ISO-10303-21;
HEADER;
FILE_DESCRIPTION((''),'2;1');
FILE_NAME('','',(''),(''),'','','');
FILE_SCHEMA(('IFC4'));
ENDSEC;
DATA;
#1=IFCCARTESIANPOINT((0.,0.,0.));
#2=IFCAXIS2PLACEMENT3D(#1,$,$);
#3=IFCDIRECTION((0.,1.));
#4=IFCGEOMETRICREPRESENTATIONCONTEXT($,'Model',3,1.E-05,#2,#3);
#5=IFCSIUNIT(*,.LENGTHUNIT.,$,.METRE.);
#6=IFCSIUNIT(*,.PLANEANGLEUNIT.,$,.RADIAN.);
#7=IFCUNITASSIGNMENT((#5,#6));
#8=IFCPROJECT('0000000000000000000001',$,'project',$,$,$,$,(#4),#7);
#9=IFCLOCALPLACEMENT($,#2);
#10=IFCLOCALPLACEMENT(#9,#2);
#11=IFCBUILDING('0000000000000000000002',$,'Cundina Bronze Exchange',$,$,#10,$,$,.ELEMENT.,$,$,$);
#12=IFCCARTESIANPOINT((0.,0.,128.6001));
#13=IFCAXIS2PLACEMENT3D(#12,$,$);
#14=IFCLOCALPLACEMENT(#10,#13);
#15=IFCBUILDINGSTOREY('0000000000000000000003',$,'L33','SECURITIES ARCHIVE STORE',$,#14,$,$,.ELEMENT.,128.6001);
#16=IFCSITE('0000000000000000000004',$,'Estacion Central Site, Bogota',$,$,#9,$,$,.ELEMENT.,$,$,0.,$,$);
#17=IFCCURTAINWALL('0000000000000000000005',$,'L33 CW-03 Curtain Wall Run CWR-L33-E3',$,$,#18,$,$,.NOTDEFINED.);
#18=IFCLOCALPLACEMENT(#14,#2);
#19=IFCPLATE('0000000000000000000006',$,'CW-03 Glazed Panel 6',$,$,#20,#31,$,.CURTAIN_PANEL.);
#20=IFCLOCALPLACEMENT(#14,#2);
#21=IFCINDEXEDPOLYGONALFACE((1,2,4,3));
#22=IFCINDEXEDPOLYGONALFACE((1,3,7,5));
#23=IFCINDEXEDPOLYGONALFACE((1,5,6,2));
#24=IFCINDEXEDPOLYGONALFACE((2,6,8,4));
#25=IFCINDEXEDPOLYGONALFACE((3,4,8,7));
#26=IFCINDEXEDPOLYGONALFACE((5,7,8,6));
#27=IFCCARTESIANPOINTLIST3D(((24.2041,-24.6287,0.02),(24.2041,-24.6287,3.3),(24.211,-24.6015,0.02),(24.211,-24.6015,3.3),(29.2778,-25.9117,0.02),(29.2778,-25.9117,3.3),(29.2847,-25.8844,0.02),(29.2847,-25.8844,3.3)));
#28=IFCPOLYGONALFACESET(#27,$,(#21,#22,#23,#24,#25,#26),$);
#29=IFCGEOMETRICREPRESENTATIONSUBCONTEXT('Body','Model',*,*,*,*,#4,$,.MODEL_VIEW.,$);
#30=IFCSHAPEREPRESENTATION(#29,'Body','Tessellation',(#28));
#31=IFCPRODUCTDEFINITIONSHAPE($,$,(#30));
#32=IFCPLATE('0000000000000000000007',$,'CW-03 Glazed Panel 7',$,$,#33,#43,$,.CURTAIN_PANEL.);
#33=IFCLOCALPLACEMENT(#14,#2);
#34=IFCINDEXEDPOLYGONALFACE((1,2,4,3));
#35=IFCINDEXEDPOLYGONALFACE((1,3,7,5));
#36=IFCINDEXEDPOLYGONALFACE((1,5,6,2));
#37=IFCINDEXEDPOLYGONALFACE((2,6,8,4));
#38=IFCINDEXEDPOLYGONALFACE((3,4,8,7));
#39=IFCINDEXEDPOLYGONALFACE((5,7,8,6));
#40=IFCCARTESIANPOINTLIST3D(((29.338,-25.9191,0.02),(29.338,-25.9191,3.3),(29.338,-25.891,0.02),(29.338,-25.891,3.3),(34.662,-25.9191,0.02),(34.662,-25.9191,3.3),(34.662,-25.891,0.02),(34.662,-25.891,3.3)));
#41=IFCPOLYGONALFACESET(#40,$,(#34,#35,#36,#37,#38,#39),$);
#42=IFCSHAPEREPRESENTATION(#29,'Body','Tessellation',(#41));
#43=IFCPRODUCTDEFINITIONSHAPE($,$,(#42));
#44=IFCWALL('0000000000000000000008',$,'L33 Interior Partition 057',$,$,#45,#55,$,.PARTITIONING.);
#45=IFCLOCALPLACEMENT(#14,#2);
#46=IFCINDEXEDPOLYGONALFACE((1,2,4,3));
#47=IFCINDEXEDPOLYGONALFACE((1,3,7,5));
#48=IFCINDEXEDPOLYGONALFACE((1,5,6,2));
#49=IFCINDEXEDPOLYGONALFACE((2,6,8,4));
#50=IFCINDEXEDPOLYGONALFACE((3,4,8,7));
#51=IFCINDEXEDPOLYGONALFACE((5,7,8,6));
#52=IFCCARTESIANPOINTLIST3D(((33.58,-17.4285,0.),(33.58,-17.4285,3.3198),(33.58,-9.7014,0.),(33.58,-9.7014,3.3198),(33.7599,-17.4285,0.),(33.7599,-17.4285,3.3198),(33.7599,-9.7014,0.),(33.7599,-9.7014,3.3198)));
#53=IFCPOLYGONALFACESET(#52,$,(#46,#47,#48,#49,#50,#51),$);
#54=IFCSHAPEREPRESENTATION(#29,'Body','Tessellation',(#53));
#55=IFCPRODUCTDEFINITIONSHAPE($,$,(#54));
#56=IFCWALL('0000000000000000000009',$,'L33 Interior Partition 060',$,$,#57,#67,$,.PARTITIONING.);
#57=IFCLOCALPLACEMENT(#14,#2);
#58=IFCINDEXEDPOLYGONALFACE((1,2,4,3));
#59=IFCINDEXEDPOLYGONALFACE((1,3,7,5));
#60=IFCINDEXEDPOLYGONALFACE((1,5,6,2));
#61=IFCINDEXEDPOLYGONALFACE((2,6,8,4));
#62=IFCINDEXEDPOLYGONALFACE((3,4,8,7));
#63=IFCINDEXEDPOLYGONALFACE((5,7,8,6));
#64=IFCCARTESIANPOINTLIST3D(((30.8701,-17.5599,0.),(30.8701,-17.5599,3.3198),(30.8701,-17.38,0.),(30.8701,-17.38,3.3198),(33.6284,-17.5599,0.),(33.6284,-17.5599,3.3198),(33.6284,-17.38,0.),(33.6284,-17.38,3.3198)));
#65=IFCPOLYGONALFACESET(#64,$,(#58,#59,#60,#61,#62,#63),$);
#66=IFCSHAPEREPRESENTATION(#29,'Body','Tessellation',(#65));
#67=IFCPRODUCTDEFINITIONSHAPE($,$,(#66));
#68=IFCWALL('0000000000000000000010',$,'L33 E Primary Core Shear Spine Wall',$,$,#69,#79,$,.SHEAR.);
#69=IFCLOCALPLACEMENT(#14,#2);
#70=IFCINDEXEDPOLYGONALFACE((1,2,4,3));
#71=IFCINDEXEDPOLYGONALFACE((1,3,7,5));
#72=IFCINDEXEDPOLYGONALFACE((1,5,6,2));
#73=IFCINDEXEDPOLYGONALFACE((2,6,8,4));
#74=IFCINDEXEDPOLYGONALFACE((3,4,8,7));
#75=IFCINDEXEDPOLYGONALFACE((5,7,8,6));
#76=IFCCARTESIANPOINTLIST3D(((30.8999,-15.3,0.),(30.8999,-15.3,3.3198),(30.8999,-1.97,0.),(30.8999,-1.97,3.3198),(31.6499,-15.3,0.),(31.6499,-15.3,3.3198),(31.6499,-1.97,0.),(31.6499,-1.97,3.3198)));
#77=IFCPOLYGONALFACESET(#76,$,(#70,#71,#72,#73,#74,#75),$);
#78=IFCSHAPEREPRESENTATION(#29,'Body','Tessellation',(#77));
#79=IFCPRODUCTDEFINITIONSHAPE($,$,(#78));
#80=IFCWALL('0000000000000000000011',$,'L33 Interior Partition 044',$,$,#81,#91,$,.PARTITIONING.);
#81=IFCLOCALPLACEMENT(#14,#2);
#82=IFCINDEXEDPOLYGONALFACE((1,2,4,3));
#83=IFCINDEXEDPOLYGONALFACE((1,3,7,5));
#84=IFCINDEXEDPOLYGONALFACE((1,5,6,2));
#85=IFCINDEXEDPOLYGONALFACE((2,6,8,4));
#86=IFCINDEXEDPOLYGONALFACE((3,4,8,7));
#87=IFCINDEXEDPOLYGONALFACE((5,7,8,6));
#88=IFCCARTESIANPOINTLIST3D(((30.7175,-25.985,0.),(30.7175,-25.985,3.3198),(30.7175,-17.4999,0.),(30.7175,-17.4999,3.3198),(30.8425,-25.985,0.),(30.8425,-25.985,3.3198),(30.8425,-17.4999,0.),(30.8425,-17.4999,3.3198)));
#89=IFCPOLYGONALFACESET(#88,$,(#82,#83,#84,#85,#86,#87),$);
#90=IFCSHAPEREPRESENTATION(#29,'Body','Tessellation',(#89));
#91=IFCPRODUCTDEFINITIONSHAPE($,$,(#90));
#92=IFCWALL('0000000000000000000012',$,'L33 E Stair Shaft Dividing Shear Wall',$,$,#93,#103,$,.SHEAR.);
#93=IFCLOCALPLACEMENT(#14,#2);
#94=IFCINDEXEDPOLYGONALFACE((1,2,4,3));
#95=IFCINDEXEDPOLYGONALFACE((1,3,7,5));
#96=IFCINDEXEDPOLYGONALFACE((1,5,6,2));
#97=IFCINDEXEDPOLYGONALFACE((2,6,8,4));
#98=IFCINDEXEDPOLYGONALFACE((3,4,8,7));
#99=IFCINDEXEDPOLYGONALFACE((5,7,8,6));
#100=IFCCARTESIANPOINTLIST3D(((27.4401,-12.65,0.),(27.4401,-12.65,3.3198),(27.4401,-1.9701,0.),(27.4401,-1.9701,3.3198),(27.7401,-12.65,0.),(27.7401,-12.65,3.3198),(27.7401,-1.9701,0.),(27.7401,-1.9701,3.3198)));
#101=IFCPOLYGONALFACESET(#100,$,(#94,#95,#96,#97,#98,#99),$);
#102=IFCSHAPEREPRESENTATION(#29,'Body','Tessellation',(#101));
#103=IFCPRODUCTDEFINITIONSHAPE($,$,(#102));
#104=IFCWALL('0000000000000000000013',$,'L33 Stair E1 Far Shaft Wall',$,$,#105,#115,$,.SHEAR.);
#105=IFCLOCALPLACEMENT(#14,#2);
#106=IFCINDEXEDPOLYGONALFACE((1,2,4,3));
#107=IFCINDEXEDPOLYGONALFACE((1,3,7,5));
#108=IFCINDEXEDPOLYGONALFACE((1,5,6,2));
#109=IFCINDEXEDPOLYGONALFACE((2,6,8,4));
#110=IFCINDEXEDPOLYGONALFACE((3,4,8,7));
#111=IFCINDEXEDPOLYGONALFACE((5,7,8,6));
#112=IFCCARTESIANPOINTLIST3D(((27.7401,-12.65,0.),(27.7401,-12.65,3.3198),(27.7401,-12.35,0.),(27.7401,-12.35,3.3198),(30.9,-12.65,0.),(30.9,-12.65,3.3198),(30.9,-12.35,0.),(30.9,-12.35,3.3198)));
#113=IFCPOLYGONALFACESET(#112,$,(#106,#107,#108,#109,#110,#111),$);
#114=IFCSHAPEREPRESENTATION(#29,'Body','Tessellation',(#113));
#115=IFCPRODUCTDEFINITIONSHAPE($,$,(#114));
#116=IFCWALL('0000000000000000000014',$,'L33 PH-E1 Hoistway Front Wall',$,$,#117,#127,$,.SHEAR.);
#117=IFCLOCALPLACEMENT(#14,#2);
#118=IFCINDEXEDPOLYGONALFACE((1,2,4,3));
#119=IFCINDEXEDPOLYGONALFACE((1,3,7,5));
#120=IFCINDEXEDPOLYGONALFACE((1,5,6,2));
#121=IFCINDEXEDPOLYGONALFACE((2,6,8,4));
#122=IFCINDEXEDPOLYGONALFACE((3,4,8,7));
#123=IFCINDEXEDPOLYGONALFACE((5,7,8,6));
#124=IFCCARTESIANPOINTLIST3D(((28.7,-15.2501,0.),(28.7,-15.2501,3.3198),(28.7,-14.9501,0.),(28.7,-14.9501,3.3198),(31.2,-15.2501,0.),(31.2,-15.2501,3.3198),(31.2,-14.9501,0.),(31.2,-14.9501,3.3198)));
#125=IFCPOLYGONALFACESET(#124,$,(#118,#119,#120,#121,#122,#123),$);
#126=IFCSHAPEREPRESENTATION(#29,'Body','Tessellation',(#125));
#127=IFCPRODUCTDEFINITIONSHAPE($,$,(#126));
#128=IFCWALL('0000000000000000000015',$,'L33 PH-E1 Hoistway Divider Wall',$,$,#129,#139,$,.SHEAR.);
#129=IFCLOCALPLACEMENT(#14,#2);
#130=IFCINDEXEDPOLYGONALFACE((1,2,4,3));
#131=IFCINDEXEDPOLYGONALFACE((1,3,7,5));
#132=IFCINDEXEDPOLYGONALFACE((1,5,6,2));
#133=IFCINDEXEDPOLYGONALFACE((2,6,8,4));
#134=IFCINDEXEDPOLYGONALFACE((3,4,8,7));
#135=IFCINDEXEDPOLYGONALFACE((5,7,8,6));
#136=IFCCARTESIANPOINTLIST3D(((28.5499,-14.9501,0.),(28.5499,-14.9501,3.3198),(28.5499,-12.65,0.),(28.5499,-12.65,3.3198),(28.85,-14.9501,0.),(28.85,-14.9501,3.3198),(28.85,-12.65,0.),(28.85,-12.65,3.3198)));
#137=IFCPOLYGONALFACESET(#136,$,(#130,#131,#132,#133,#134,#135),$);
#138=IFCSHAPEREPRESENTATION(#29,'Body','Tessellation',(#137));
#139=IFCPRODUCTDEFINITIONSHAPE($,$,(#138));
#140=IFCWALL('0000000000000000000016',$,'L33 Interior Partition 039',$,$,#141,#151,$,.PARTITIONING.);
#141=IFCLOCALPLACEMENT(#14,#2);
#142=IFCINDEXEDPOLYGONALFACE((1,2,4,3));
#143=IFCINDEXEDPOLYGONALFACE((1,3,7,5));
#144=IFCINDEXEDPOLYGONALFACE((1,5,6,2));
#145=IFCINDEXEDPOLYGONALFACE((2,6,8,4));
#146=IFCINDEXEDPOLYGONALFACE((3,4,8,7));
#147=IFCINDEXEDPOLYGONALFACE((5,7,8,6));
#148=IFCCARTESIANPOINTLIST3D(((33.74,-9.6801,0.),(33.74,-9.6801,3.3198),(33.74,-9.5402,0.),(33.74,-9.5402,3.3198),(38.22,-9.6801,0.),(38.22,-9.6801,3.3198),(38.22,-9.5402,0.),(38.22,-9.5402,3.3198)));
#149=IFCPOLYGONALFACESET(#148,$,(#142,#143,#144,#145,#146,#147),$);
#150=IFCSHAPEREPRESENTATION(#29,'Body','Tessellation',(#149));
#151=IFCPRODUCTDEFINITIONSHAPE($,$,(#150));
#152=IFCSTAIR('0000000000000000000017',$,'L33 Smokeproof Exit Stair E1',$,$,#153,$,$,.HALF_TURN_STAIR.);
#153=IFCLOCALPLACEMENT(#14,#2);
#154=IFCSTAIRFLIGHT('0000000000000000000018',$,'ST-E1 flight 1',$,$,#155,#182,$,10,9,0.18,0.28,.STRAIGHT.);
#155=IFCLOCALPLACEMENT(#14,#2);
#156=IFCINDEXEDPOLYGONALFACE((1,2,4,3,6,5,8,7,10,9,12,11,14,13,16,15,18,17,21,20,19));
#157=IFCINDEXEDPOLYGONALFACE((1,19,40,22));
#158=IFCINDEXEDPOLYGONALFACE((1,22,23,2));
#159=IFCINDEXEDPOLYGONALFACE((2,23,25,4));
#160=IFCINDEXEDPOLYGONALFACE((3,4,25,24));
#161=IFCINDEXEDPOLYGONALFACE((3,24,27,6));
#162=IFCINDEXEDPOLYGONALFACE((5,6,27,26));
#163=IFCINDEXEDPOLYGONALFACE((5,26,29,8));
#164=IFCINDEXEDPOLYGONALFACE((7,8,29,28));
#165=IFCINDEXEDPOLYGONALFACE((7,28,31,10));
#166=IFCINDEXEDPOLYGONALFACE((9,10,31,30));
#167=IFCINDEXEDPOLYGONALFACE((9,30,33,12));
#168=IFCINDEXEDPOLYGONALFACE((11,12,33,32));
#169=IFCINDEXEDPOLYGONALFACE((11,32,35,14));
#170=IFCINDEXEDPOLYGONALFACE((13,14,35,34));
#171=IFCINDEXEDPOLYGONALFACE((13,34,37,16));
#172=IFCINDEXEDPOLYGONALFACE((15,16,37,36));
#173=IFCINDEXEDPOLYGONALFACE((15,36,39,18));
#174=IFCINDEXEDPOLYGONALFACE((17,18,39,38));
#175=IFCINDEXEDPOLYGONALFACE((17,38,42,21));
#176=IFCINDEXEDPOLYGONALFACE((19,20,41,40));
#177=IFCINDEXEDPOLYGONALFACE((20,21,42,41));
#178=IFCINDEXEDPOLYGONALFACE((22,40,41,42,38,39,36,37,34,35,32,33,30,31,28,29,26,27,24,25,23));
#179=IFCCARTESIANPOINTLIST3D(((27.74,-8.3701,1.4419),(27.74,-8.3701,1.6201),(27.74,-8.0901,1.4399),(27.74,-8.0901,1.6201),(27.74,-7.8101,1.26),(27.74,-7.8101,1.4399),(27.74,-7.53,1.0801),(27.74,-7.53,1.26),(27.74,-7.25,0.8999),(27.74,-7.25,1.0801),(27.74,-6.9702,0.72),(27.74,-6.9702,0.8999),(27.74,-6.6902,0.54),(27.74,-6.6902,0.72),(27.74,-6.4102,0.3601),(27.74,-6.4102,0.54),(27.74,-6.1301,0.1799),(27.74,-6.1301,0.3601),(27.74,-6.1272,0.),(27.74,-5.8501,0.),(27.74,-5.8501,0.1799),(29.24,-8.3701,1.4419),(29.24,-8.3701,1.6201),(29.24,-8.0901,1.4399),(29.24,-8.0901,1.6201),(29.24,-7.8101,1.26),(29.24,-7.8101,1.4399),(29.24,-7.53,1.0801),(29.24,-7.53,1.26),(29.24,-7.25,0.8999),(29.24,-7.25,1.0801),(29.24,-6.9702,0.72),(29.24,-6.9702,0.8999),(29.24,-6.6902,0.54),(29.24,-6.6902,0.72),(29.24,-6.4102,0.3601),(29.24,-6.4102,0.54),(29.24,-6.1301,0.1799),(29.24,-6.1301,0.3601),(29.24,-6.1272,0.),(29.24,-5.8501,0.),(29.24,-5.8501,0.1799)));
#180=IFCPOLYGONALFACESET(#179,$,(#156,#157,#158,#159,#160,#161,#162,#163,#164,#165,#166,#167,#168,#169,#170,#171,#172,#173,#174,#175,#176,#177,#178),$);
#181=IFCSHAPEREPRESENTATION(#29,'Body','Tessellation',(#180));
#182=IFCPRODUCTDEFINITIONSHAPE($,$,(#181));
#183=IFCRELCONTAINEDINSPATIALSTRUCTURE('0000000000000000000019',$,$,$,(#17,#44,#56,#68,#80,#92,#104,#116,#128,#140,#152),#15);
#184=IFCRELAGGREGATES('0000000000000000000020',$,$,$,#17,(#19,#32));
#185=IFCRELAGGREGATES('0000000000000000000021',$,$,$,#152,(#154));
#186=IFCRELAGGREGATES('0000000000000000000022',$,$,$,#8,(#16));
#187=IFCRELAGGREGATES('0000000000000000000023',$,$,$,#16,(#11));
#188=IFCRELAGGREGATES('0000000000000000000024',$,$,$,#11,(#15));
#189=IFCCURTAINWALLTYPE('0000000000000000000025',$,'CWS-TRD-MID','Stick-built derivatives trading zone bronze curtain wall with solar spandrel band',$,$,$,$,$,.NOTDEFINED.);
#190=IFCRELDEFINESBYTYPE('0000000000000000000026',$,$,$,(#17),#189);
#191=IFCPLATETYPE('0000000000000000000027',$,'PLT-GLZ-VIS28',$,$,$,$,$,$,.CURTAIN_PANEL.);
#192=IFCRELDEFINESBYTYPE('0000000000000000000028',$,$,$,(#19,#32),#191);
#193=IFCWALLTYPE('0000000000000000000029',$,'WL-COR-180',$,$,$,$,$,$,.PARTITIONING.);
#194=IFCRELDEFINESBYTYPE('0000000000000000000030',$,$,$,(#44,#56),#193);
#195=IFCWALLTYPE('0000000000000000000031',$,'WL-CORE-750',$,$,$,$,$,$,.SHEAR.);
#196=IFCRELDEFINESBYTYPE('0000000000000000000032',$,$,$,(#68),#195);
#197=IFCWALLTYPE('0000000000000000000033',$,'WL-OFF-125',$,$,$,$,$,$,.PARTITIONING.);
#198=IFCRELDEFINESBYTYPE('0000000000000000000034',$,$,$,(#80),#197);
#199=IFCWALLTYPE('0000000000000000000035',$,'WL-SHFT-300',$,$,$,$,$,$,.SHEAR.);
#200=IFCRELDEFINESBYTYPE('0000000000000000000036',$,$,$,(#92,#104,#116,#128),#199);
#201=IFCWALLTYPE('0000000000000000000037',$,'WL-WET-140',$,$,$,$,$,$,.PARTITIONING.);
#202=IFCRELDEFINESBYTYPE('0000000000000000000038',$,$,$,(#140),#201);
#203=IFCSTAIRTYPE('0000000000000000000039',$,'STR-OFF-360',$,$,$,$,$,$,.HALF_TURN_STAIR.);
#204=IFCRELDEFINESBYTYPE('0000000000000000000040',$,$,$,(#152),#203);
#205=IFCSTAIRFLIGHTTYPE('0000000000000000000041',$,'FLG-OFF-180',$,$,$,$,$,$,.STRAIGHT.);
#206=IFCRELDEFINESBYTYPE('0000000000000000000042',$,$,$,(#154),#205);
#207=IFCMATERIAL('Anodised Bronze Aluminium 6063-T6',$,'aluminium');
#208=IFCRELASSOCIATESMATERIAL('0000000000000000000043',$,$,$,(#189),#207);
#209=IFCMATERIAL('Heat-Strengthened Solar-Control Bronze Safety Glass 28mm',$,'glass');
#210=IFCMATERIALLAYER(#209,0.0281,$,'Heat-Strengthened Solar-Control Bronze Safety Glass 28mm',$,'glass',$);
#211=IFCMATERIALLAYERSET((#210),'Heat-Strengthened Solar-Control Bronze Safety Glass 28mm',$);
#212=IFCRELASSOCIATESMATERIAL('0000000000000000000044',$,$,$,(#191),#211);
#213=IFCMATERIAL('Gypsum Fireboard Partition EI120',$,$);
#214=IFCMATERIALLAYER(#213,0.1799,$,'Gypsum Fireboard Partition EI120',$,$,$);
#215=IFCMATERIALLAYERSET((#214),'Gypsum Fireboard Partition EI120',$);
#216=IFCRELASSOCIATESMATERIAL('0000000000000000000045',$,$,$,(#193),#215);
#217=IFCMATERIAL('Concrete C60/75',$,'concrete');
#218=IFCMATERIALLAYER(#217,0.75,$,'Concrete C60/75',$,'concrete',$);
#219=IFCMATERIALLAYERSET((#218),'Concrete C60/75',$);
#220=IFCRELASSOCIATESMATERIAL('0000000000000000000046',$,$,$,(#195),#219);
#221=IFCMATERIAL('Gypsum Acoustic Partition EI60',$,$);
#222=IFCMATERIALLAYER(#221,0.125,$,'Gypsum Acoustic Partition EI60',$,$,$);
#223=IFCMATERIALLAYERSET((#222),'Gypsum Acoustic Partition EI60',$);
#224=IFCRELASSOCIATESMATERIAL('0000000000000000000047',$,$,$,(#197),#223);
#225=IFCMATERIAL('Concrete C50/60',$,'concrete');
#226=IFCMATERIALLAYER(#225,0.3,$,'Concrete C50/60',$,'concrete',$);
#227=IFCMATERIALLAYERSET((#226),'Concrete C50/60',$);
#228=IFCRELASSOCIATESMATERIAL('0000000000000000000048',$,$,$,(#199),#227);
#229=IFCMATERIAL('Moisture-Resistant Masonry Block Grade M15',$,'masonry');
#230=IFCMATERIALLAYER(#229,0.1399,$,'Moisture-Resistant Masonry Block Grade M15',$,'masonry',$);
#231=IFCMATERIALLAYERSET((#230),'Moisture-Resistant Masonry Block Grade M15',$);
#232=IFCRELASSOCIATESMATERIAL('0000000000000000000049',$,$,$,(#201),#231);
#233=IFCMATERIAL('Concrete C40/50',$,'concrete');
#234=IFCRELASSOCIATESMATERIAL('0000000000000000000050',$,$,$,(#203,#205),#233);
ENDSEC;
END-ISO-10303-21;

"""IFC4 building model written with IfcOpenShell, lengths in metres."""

from ifc_helpers import new_model, si_unit, direction, frame, frame_2d, origin, origin_2d, place, context, subcontext, project, spatial, polyline, rectangle, outline, extrude, material, layer, layer_set, type_object, element, aggregate, save


model = new_model("IFC4")

# Units and contexts
model_context = context("Model", 3, precision=1e-05, world=origin(), true_north=direction((0.0, 1.0)))
body_context = subcontext(model_context, "Body", "Model", "MODEL_VIEW")
ifc_project = project(units=[si_unit("LENGTHUNIT", "METRE"), si_unit("PLANEANGLEUNIT", "RADIAN")], contexts=[model_context])

# Site, building, storey
site_placement = place(None, origin())
site = spatial("IfcSite", under=ifc_project, at=site_placement, Name="Estacion Central Site, Bogota", CompositionType="ELEMENT", RefElevation=0.0)
building_placement = place(site_placement, origin())
building = spatial("IfcBuilding", under=site, at=building_placement, Name="Cundina Bronze Exchange", CompositionType="ELEMENT")
storey_placement = place(building_placement, frame((0.0, 0.0, 128.6001)))
storey = spatial("IfcBuildingStorey", under=building, at=storey_placement, Name="L33", Description="SECURITIES ARCHIVE STORE", CompositionType="ELEMENT", Elevation=128.6001)

# Shared definitions
ifc_material_1 = material(Name="Concrete C60/75", Category="concrete")

# Curtain wall, plates
ifc_material_2 = material(Name="Anodised Bronze Aluminium 6063-T6", Category="aluminium")
curtain_wall_type = type_object("IfcCurtainWallType", Name="CWS-TRD-MID", Description="Stick-built derivatives trading zone bronze curtain wall with solar spandrel band", PredefinedType="NOTDEFINED", material=ifc_material_2)
curtain_wall_placement = place(storey_placement, origin())
curtain_wall = element("IfcCurtainWall", 1, at=curtain_wall_placement, inside=storey, type_object=curtain_wall_type, Name="L33 CW-03 Curtain Wall Run CWR-L33-E3", PredefinedType="NOTDEFINED")
ifc_material_3 = material(Name="Heat-Strengthened Solar-Control Bronze Safety Glass 28mm", Category="glass")
ifc_layer_1 = layer(ifc_material_3, 0.0281, Name="Heat-Strengthened Solar-Control Bronze Safety Glass 28mm", Category="glass")
ifc_layer_set_1 = layer_set([ifc_layer_1], Name="Heat-Strengthened Solar-Control Bronze Safety Glass 28mm")
plate_type = type_object("IfcPlateType", Name="PLT-GLZ-VIS28", PredefinedType="CURTAIN_PANEL", material=ifc_layer_set_1)
plate_1_placement = place(storey_placement, frame((26.7444, -25.2566, 0.02), z_axis=(0.0, 0.0, 1.0), x_axis=(0.969488, -0.245138, 0.0)))
plate_1 = element("IfcPlate", 2, at=plate_1_placement, type_object=plate_type, Name="CW-03 Glazed Panel 6", PredefinedType="CURTAIN_PANEL", context=body_context, shape_type="SweptSolid", body=[
    extrude(rectangle(XDim=5.2334, YDim=0.0281, at=origin_2d()), origin(), (0.0, 0.0, 1.0), 3.28),
])
plate_2_placement = place(storey_placement, frame((32.0, -25.905, 0.02), z_axis=(0.0, 0.0, 1.0), x_axis=(1.0, 0.0, 0.0)))
plate_2 = element("IfcPlate", 3, at=plate_2_placement, type_object=plate_type, Name="CW-03 Glazed Panel 7", PredefinedType="CURTAIN_PANEL", context=body_context, shape_type="SweptSolid", body=[
    extrude(rectangle(XDim=5.324, YDim=0.0281, at=origin_2d()), origin(), (0.0, 0.0, 1.0), 3.28),
])
aggregate(curtain_wall, [plate_1, plate_2])

# Shared definitions
ifc_material_4 = material(Name="Gypsum Fireboard Partition EI120")
ifc_layer_2 = layer(ifc_material_4, 0.1799, Name="Gypsum Fireboard Partition EI120")
ifc_layer_set_2 = layer_set([ifc_layer_2], Name="Gypsum Fireboard Partition EI120")
wall_type_1 = type_object("IfcWallType", Name="WL-COR-180", PredefinedType="PARTITIONING", material=ifc_layer_set_2)

# Walls
wall_1_placement = place(storey_placement, frame((33.6699, -17.4285, 0.0), z_axis=(0.0, 0.0, 1.0), x_axis=(0.0, 1.0, 0.0)))
element("IfcWall", 4, at=wall_1_placement, inside=storey, type_object=wall_type_1, Name="L33 Interior Partition 057", PredefinedType="PARTITIONING", context=body_context, shape_type="SweptSolid", body=[
    extrude(rectangle(XDim=7.7271, YDim=0.1799, at=frame_2d((3.8635, 0.0))), origin(), (0.0, 0.0, 1.0), 3.3198),
])
wall_2_placement = place(storey_placement, frame((30.8701, -17.47, 0.0), z_axis=(0.0, 0.0, 1.0), x_axis=(1.0, 0.0, 0.0)))
element("IfcWall", 5, at=wall_2_placement, inside=storey, type_object=wall_type_1, Name="L33 Interior Partition 060", PredefinedType="PARTITIONING", context=body_context, shape_type="SweptSolid", body=[
    extrude(rectangle(XDim=2.7583, YDim=0.1799, at=frame_2d((1.3792, 0.0))), origin(), (0.0, 0.0, 1.0), 3.3198),
])
ifc_layer_3 = layer(ifc_material_1, 0.75, Name="Concrete C60/75", Category="concrete")
ifc_layer_set_3 = layer_set([ifc_layer_3], Name="Concrete C60/75")
wall_type_2 = type_object("IfcWallType", Name="WL-CORE-750", PredefinedType="SHEAR", material=ifc_layer_set_3)
wall_3_placement = place(storey_placement, frame((31.2749, -15.3, 0.0), z_axis=(0.0, 0.0, 1.0), x_axis=(0.0, 1.0, 0.0)))
element("IfcWall", 6, at=wall_3_placement, inside=storey, type_object=wall_type_2, Name="L33 E Primary Core Shear Spine Wall", PredefinedType="SHEAR", context=body_context, shape_type="SweptSolid", body=[
    extrude(rectangle(XDim=13.3301, YDim=0.75, at=frame_2d((6.665, 0.0))), origin(), (0.0, 0.0, 1.0), 3.3198),
])
ifc_material_5 = material(Name="Gypsum Acoustic Partition EI60")
ifc_layer_4 = layer(ifc_material_5, 0.125, Name="Gypsum Acoustic Partition EI60")
ifc_layer_set_4 = layer_set([ifc_layer_4], Name="Gypsum Acoustic Partition EI60")
wall_type_3 = type_object("IfcWallType", Name="WL-OFF-125", PredefinedType="PARTITIONING", material=ifc_layer_set_4)
wall_4_placement = place(storey_placement, frame((30.78, -25.9851, 0.0), z_axis=(0.0, 0.0, 1.0), x_axis=(0.0, 1.0, 0.0)))
element("IfcWall", 7, at=wall_4_placement, inside=storey, type_object=wall_type_3, Name="L33 Interior Partition 044", PredefinedType="PARTITIONING", context=body_context, shape_type="SweptSolid", body=[
    extrude(rectangle(XDim=8.4851, YDim=0.125, at=frame_2d((4.2427, 0.0))), origin(), (0.0, 0.0, 1.0), 3.3198),
])
ifc_material_6 = material(Name="Concrete C50/60", Category="concrete")
ifc_layer_5 = layer(ifc_material_6, 0.3, Name="Concrete C50/60", Category="concrete")
ifc_layer_set_5 = layer_set([ifc_layer_5], Name="Concrete C50/60")
wall_type_4 = type_object("IfcWallType", Name="WL-SHFT-300", PredefinedType="SHEAR", material=ifc_layer_set_5)
wall_5_placement = place(storey_placement, frame((27.5901, -12.6499, 0.0), z_axis=(0.0, 0.0, 1.0), x_axis=(0.0, 1.0, 0.0)))
element("IfcWall", 8, at=wall_5_placement, inside=storey, type_object=wall_type_4, Name="L33 E Stair Shaft Dividing Shear Wall", PredefinedType="SHEAR", context=body_context, shape_type="SweptSolid", body=[
    extrude(rectangle(XDim=10.6799, YDim=0.3, at=frame_2d((5.3398, 0.0))), origin(), (0.0, 0.0, 1.0), 3.3198),
])
wall_6_placement = place(storey_placement, frame((27.74, -12.5, 0.0), z_axis=(0.0, 0.0, 1.0), x_axis=(1.0, 0.0, 0.0)))
element("IfcWall", 9, at=wall_6_placement, inside=storey, type_object=wall_type_4, Name="L33 Stair E1 Far Shaft Wall", PredefinedType="SHEAR", context=body_context, shape_type="SweptSolid", body=[
    extrude(rectangle(XDim=3.1599, YDim=0.3, at=frame_2d((1.5801, 0.0))), origin(), (0.0, 0.0, 1.0), 3.3198),
])
wall_7_placement = place(storey_placement, frame((28.7, -15.1001, 0.0), z_axis=(0.0, 0.0, 1.0), x_axis=(1.0, 0.0, 0.0)))
element("IfcWall", 10, at=wall_7_placement, inside=storey, type_object=wall_type_4, Name="L33 PH-E1 Hoistway Front Wall", PredefinedType="SHEAR", context=body_context, shape_type="SweptSolid", body=[
    extrude(rectangle(XDim=2.5, YDim=0.3, at=frame_2d((1.25, 0.0))), origin(), (0.0, 0.0, 1.0), 3.3198),
])
wall_8_placement = place(storey_placement, frame((28.7, -14.95, 0.0), z_axis=(0.0, 0.0, 1.0), x_axis=(0.0, 1.0, 0.0)))
element("IfcWall", 11, at=wall_8_placement, inside=storey, type_object=wall_type_4, Name="L33 PH-E1 Hoistway Divider Wall", PredefinedType="SHEAR", context=body_context, shape_type="SweptSolid", body=[
    extrude(rectangle(XDim=2.3, YDim=0.3, at=frame_2d((1.1499, 0.0))), origin(), (0.0, 0.0, 1.0), 3.3198),
])
ifc_material_7 = material(Name="Moisture-Resistant Masonry Block Grade M15", Category="masonry")
ifc_layer_6 = layer(ifc_material_7, 0.1399, Name="Moisture-Resistant Masonry Block Grade M15", Category="masonry")
ifc_layer_set_6 = layer_set([ifc_layer_6], Name="Moisture-Resistant Masonry Block Grade M15")
wall_type_5 = type_object("IfcWallType", Name="WL-WET-140", PredefinedType="PARTITIONING", material=ifc_layer_set_6)
wall_9_placement = place(storey_placement, frame((33.74, -9.6101, 0.0), z_axis=(0.0, 0.0, 1.0), x_axis=(1.0, 0.0, 0.0)))
element("IfcWall", 12, at=wall_9_placement, inside=storey, type_object=wall_type_5, Name="L33 Interior Partition 039", PredefinedType="PARTITIONING", context=body_context, shape_type="SweptSolid", body=[
    extrude(rectangle(XDim=4.48, YDim=0.1399, at=frame_2d((2.24, 0.0))), origin(), (0.0, 0.0, 1.0), 3.3198),
])

# Stair, stair flight
ifc_material_8 = material(Name="Concrete C40/50", Category="concrete")
stair_type = type_object("IfcStairType", Name="STR-OFF-360", PredefinedType="HALF_TURN_STAIR", material=ifc_material_8)
stair_1_placement = place(storey_placement, origin())
stair_1 = element("IfcStair", 13, at=stair_1_placement, inside=storey, type_object=stair_type, Name="L33 Smokeproof Exit Stair E1", PredefinedType="HALF_TURN_STAIR")
stair_flight_type = type_object("IfcStairFlightType", Name="FLG-OFF-180", PredefinedType="STRAIGHT", material=ifc_material_8)
stair_flight_1_placement = place(storey_placement, frame((28.49, -5.8501, 0.0), z_axis=(0.0, 0.0, 1.0), x_axis=(0.0, -1.0, 0.0)))
stair_flight_1 = element("IfcStairFlight", 14, at=stair_flight_1_placement, type_object=stair_flight_type, Name="ST-E1 flight 1", NumberOfRisers=10, NumberOfTreads=9, PredefinedType="STRAIGHT", RiserHeight=0.18, TreadLength=0.28, context=body_context, shape_type="SweptSolid", body=[
    extrude(outline(polyline([(0.0, 0.0), (0.0, 0.1799), (0.28, 0.1799), (0.28, 0.3601), (0.5601, 0.3601), (0.5601, 0.54), (0.8401, 0.54), (0.8401, 0.72), (1.1201, 0.72), (1.1201, 0.8999), (1.3999, 0.8999), (1.3999, 1.0801), (1.6799, 1.0801), (1.6799, 1.26), (1.96, 1.26), (1.96, 1.4399), (2.24, 1.4399), (2.24, 1.6201), (2.52, 1.6201), (2.52, 1.8), (2.52, 1.4419), (0.2771, 0.0), (0.0, 0.0)])), frame((0.0, 0.75, 0.0), z_axis=(0.0, -1.0, 0.0), x_axis=(1.0, 0.0, 0.0)), (0.0, 0.0, 1.0), 1.5),
])
aggregate(stair_1, [stair_flight_1])

save(model, "model.ifc")
